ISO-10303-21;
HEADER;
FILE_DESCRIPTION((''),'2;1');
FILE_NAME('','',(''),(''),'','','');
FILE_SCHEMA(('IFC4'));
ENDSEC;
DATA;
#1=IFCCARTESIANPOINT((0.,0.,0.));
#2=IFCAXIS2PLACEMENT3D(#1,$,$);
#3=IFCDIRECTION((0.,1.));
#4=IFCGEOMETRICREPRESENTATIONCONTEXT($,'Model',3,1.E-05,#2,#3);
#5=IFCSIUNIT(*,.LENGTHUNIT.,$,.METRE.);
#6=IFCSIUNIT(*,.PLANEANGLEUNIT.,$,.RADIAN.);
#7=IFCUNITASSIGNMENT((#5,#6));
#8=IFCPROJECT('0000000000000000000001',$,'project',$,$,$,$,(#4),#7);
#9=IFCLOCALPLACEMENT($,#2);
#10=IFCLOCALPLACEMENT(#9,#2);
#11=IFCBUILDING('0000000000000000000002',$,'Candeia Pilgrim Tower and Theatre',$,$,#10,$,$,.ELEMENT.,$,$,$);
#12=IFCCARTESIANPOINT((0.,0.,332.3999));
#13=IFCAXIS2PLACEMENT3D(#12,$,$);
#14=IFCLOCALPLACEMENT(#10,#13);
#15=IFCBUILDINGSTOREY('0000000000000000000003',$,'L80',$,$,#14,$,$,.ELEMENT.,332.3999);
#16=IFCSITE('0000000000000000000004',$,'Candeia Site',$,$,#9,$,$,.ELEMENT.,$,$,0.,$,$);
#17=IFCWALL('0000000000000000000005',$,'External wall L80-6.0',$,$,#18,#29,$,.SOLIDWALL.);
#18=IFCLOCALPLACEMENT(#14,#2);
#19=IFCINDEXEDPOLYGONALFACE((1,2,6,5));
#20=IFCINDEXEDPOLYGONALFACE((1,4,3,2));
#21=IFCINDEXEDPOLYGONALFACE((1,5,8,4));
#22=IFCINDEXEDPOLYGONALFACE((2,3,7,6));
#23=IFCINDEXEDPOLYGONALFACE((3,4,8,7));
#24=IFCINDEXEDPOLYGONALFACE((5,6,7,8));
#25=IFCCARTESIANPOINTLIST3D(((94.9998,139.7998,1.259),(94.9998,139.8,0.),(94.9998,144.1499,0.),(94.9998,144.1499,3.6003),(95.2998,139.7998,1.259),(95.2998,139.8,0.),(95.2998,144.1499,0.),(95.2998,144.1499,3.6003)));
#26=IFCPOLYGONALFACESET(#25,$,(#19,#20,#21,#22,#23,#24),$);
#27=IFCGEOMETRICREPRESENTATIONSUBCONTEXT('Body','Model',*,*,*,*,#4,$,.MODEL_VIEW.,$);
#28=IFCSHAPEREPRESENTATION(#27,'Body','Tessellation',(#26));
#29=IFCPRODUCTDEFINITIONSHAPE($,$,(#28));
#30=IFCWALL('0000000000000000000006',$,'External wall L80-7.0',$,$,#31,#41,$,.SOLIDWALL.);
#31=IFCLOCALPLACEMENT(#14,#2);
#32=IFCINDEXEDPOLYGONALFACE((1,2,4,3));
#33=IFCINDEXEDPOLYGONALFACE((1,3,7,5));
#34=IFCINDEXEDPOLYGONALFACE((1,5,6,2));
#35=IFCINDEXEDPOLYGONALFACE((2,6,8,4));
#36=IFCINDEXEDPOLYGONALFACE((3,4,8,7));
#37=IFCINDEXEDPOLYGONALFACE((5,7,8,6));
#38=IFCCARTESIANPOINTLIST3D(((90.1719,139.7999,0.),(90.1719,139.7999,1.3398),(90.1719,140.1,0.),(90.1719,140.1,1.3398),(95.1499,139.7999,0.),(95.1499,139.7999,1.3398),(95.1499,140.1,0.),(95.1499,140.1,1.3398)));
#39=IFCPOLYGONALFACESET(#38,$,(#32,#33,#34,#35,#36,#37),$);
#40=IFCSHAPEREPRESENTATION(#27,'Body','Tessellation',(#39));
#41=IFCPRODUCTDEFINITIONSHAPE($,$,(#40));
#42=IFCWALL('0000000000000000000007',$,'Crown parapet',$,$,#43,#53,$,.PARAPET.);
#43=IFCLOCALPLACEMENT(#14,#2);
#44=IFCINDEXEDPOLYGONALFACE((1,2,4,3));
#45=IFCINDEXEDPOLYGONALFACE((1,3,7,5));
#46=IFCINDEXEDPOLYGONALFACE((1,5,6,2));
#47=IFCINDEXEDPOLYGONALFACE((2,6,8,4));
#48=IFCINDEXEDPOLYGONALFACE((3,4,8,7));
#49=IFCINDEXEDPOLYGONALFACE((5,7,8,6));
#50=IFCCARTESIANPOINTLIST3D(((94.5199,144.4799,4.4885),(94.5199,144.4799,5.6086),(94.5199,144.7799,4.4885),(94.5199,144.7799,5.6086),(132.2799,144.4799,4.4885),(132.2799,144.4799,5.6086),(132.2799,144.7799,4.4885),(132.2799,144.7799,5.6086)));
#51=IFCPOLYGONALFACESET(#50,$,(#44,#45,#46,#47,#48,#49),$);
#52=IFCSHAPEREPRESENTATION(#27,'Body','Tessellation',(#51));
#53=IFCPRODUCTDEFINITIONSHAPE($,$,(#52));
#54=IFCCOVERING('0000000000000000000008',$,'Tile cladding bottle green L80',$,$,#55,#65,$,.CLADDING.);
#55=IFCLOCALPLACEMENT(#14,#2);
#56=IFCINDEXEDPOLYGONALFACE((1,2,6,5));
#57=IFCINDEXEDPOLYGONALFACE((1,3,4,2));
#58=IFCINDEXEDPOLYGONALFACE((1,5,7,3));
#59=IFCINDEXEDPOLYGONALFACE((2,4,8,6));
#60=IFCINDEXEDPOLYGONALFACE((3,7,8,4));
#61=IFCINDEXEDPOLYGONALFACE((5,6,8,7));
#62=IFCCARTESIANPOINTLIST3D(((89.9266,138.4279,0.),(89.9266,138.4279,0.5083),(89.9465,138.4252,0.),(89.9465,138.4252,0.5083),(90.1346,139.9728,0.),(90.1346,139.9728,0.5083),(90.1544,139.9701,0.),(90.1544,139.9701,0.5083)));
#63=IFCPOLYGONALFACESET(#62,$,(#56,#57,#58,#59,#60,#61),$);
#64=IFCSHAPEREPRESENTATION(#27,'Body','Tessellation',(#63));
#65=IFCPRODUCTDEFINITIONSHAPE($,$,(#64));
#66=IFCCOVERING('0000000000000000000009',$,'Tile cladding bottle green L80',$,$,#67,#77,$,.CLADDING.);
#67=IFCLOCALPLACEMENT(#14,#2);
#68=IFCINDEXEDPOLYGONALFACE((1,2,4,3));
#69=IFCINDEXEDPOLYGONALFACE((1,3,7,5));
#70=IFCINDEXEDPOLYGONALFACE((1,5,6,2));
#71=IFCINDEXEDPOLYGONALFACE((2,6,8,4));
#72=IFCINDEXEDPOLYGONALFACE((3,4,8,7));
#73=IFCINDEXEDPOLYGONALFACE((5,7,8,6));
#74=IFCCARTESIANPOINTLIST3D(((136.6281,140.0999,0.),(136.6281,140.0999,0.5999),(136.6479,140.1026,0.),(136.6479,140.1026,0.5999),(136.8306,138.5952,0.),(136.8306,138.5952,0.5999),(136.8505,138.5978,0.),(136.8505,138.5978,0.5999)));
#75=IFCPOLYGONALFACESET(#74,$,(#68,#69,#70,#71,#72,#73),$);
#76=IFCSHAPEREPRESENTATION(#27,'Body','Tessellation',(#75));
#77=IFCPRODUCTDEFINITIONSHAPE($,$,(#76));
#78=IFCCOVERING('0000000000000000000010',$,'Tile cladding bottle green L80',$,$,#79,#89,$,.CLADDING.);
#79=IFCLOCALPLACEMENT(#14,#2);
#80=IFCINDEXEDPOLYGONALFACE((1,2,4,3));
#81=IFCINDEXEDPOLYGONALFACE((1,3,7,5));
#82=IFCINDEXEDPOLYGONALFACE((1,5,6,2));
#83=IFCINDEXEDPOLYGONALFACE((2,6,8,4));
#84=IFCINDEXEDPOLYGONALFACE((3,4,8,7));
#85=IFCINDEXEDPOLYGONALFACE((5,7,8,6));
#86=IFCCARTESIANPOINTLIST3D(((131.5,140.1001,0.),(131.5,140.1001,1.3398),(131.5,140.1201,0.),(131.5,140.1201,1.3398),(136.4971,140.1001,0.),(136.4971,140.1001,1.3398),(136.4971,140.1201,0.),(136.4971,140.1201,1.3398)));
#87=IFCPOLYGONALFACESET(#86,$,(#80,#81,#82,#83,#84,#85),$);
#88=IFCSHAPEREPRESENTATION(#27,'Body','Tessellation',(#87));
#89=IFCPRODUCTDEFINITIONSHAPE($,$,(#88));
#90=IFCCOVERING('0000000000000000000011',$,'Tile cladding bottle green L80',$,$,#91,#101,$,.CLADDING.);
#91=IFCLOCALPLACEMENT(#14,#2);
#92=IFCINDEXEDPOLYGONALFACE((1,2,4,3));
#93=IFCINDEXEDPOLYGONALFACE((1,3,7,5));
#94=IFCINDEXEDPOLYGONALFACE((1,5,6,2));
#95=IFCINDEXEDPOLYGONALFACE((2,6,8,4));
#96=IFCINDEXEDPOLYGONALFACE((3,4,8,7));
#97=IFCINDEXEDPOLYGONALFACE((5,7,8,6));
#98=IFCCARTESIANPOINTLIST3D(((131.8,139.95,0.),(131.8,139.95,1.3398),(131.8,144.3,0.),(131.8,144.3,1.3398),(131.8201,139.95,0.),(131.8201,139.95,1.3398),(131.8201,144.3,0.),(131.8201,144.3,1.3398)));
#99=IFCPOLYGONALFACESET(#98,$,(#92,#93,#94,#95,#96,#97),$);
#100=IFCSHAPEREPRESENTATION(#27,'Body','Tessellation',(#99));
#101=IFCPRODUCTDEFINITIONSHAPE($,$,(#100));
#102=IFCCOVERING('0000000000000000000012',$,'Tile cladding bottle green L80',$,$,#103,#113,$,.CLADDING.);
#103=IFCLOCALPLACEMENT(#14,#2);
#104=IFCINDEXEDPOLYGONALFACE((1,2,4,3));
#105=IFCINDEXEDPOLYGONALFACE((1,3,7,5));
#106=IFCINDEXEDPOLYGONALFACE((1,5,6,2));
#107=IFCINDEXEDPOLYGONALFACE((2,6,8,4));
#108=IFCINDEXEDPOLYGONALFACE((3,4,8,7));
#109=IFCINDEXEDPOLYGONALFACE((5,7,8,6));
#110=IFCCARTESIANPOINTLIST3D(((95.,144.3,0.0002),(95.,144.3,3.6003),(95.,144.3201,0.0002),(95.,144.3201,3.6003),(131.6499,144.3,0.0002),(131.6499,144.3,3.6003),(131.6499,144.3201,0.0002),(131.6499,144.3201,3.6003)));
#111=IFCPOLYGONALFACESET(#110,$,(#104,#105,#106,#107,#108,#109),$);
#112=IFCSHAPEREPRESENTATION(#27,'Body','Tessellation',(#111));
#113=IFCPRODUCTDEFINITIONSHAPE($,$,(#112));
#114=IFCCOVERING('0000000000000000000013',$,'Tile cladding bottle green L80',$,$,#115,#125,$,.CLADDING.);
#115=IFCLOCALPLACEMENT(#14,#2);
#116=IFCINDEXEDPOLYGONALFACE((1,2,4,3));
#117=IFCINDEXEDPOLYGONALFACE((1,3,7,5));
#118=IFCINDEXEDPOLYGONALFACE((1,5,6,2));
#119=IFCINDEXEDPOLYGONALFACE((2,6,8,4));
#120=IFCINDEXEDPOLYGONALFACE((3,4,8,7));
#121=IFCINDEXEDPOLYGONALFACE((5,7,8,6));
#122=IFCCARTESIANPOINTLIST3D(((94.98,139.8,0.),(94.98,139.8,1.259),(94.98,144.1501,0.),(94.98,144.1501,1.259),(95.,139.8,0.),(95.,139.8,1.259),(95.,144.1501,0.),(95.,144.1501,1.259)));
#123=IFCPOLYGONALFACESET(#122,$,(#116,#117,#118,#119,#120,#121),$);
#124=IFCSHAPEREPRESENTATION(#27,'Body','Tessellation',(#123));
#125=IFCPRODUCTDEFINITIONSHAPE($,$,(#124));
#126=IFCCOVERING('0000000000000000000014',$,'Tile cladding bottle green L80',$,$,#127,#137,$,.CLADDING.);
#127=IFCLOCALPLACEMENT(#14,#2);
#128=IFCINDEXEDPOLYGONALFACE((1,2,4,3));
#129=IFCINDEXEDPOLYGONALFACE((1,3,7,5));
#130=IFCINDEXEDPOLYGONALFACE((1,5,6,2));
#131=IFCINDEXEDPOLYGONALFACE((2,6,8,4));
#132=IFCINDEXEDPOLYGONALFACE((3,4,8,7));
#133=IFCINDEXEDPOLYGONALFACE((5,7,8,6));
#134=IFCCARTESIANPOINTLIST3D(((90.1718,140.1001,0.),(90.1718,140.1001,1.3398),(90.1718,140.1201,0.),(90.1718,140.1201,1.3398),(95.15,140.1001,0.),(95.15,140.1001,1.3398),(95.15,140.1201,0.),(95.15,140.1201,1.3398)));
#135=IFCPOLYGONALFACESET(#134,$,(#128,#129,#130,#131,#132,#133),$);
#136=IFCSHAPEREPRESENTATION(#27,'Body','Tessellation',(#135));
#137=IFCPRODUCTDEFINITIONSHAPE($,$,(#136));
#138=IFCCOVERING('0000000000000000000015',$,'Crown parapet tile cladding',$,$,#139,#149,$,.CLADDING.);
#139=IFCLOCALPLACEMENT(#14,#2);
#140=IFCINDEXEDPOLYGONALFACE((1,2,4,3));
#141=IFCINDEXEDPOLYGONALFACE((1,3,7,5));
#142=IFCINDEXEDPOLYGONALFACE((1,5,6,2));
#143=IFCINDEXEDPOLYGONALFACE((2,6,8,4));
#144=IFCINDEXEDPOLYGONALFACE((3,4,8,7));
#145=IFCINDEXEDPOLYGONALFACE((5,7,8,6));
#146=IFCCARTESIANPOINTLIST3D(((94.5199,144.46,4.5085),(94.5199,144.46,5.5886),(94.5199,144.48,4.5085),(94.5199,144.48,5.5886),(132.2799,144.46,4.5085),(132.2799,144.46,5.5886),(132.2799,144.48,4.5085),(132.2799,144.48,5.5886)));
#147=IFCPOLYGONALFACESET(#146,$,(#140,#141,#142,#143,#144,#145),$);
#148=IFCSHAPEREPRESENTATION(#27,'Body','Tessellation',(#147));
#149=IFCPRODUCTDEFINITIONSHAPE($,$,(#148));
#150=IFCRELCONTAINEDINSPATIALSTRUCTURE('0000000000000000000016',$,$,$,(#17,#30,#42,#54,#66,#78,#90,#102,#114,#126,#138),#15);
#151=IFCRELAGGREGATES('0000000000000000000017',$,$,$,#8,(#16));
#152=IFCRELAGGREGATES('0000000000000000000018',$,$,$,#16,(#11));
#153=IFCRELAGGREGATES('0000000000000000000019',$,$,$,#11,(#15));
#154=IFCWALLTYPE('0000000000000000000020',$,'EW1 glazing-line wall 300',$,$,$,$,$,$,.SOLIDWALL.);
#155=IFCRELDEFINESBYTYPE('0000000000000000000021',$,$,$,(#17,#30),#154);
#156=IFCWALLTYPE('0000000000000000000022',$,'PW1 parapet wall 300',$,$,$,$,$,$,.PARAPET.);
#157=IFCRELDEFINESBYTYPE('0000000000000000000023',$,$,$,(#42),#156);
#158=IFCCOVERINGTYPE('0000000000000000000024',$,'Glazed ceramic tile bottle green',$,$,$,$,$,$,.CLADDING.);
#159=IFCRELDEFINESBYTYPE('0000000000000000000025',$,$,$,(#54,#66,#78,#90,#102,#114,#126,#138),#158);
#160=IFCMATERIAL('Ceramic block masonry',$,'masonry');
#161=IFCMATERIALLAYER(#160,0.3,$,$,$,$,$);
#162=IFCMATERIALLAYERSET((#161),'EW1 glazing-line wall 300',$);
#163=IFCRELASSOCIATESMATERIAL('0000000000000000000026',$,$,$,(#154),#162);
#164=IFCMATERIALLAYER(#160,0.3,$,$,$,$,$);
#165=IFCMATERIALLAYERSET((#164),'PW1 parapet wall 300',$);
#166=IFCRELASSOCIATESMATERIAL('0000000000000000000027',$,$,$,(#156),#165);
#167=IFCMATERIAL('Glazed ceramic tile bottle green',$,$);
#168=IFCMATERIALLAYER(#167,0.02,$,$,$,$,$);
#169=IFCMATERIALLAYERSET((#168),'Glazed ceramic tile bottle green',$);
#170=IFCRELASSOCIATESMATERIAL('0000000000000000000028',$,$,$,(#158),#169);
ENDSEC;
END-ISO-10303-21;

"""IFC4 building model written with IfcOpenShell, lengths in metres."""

from ifc_helpers import new_model, si_unit, direction, frame, frame_2d, origin, origin_2d, place, context, subcontext, project, spatial, polyline, rectangle, outline, extrude, material, layer, layer_set, type_object, element, save


model = new_model("IFC4")

# Units and contexts
model_context = context("Model", 3, precision=1e-05, world=origin(), true_north=direction((0.0, 1.0)))
body_context = subcontext(model_context, "Body", "Model", "MODEL_VIEW")
ifc_project = project(units=[si_unit("LENGTHUNIT", "METRE"), si_unit("PLANEANGLEUNIT", "RADIAN")], contexts=[model_context])

# Site, building, storey
site_placement = place(None, origin())
site = spatial("IfcSite", under=ifc_project, at=site_placement, Name="Candeia Site", CompositionType="ELEMENT", RefElevation=0.0)
building_placement = place(site_placement, origin())
building = spatial("IfcBuilding", under=site, at=building_placement, Name="Candeia Pilgrim Tower and Theatre", CompositionType="ELEMENT")
storey_placement = place(building_placement, frame((0.0, 0.0, 332.3999)))
storey = spatial("IfcBuildingStorey", under=building, at=storey_placement, Name="L80", CompositionType="ELEMENT", Elevation=332.3999)

# Walls
ifc_material_1 = material(Name="Ceramic block masonry", Category="masonry")
ifc_layer_1 = layer(ifc_material_1, 0.3)
ifc_layer_set_1 = layer_set([ifc_layer_1], Name="EW1 glazing-line wall 300")
wall_type_1 = type_object("IfcWallType", Name="EW1 glazing-line wall 300", PredefinedType="SOLIDWALL", material=ifc_layer_set_1)
wall_1_placement = place(storey_placement, frame((95.1499, 144.1499, 0.0), z_axis=(0.0, 0.0, 1.0), x_axis=(0.0, -1.0, 0.0)))
element("IfcWall", 1, at=wall_1_placement, inside=storey, type_object=wall_type_1, Name="External wall L80-6.0", PredefinedType="SOLIDWALL", context=body_context, shape_type="SweptSolid", body=[
    extrude(outline(polyline([(0.0, 0.0), (4.3499, 0.0), (4.3501, 1.259), (0.0, 3.6003), (0.0, 0.0)])), frame((0.0, 0.1499, 0.0), z_axis=(0.0, -1.0, 0.0), x_axis=(1.0, 0.0, 0.0)), (0.0, 0.0, 1.0), 0.3),
])
wall_2_placement = place(storey_placement, frame((95.1499, 139.95, 0.0), z_axis=(0.0, 0.0, 1.0), x_axis=(-1.0, 0.0, 0.0)))
element("IfcWall", 2, at=wall_2_placement, inside=storey, type_object=wall_type_1, Name="External wall L80-7.0", PredefinedType="SOLIDWALL", context=body_context, shape_type="SweptSolid", body=[
    extrude(rectangle(XDim=4.978, YDim=0.3, at=frame_2d((2.489, 0.0))), origin(), (0.0, 0.0, 1.0), 1.3398),
])
ifc_layer_2 = layer(ifc_material_1, 0.3)
ifc_layer_set_2 = layer_set([ifc_layer_2], Name="PW1 parapet wall 300")
wall_type_2 = type_object("IfcWallType", Name="PW1 parapet wall 300", PredefinedType="PARAPET", material=ifc_layer_set_2)
wall_3_placement = place(storey_placement, frame((94.52, 144.6299, 4.4885), z_axis=(0.0, 0.0, 1.0), x_axis=(1.0, 0.0, 0.0)))
element("IfcWall", 3, at=wall_3_placement, inside=storey, type_object=wall_type_2, Name="Crown parapet", PredefinedType="PARAPET", context=body_context, shape_type="SweptSolid", body=[
    extrude(rectangle(XDim=37.76, YDim=0.3, at=frame_2d((18.8799, 0.0))), origin(), (0.0, 0.0, 1.0), 1.1201),
])

# Coverings
ifc_material_2 = material(Name="Glazed ceramic tile bottle green")
ifc_layer_3 = layer(ifc_material_2, 0.02)
ifc_layer_set_3 = layer_set([ifc_layer_3], Name="Glazed ceramic tile bottle green")
covering_type = type_object("IfcCoveringType", Name="Glazed ceramic tile bottle green", PredefinedType="CLADDING", material=ifc_layer_set_3)
covering_1_placement = place(storey_placement, frame((90.0405, 139.199, 0.0), z_axis=(0.0, 0.0, 1.0), x_axis=(-0.133412, -0.991061, 0.0)))
element("IfcCovering", 4, at=covering_1_placement, inside=storey, type_object=covering_type, Name="Tile cladding bottle green L80", PredefinedType="CLADDING", context=body_context, shape_type="SweptSolid", body=[
    extrude(rectangle(XDim=1.5588, YDim=0.02, at=origin_2d()), origin(), (0.0, 0.0, 1.0), 0.5083),
])
covering_2_placement = place(storey_placement, frame((136.7393, 139.3489, 0.0), z_axis=(0.0, 0.0, 1.0), x_axis=(-0.133412, 0.991061, 0.0)))
element("IfcCovering", 5, at=covering_2_placement, inside=storey, type_object=covering_type, Name="Tile cladding bottle green L80", PredefinedType="CLADDING", context=body_context, shape_type="SweptSolid", body=[
    extrude(rectangle(XDim=1.5183, YDim=0.02, at=origin_2d()), origin(), (0.0, 0.0, 1.0), 0.5999),
])
covering_3_placement = place(storey_placement, frame((133.9985, 140.1101, 0.0), z_axis=(0.0, 0.0, 1.0), x_axis=(-1.0, 0.0, 0.0)))
element("IfcCovering", 6, at=covering_3_placement, inside=storey, type_object=covering_type, Name="Tile cladding bottle green L80", PredefinedType="CLADDING", context=body_context, shape_type="SweptSolid", body=[
    extrude(rectangle(XDim=4.9971, YDim=0.02, at=origin_2d()), origin(), (0.0, 0.0, 1.0), 1.3398),
])
covering_4_placement = place(storey_placement, frame((131.8101, 142.125, 0.0), z_axis=(0.0, 0.0, 1.0), x_axis=(0.0, 1.0, 0.0)))
element("IfcCovering", 7, at=covering_4_placement, inside=storey, type_object=covering_type, Name="Tile cladding bottle green L80", PredefinedType="CLADDING", context=body_context, shape_type="SweptSolid", body=[
    extrude(rectangle(XDim=4.3501, YDim=0.02, at=origin_2d()), origin(), (0.0, 0.0, 1.0), 1.3398),
])
covering_5_placement = place(storey_placement, frame((113.325, 144.3101, 0.0002), z_axis=(0.0, 0.0, 1.0), x_axis=(-1.0, 0.0, 0.0)))
element("IfcCovering", 8, at=covering_5_placement, inside=storey, type_object=covering_type, Name="Tile cladding bottle green L80", PredefinedType="CLADDING", context=body_context, shape_type="SweptSolid", body=[
    extrude(rectangle(XDim=36.6499, YDim=0.02, at=origin_2d()), origin(), (0.0, 0.0, 1.0), 3.6001),
])
covering_6_placement = place(storey_placement, frame((94.99, 141.9751, 0.0), z_axis=(0.0, 0.0, 1.0), x_axis=(0.0, -1.0, 0.0)))
element("IfcCovering", 9, at=covering_6_placement, inside=storey, type_object=covering_type, Name="Tile cladding bottle green L80", PredefinedType="CLADDING", context=body_context, shape_type="SweptSolid", body=[
    extrude(rectangle(XDim=4.3501, YDim=0.02, at=origin_2d()), origin(), (0.0, 0.0, 1.0), 1.259),
])
covering_7_placement = place(storey_placement, frame((92.6609, 140.1101, 0.0), z_axis=(0.0, 0.0, 1.0), x_axis=(-1.0, 0.0, 0.0)))
element("IfcCovering", 10, at=covering_7_placement, inside=storey, type_object=covering_type, Name="Tile cladding bottle green L80", PredefinedType="CLADDING", context=body_context, shape_type="SweptSolid", body=[
    extrude(rectangle(XDim=4.9783, YDim=0.02, at=origin_2d()), origin(), (0.0, 0.0, 1.0), 1.3398),
])
covering_8_placement = place(storey_placement, frame((113.3999, 144.47, 4.5085), z_axis=(0.0, 0.0, 1.0), x_axis=(1.0, 0.0, 0.0)))
element("IfcCovering", 11, at=covering_8_placement, inside=storey, type_object=covering_type, Name="Crown parapet tile cladding", PredefinedType="CLADDING", context=body_context, shape_type="SweptSolid", body=[
    extrude(rectangle(XDim=37.76, YDim=0.02, at=origin_2d()), origin(), (0.0, 0.0, 1.0), 1.0801),
])

save(model, "model.ifc")
